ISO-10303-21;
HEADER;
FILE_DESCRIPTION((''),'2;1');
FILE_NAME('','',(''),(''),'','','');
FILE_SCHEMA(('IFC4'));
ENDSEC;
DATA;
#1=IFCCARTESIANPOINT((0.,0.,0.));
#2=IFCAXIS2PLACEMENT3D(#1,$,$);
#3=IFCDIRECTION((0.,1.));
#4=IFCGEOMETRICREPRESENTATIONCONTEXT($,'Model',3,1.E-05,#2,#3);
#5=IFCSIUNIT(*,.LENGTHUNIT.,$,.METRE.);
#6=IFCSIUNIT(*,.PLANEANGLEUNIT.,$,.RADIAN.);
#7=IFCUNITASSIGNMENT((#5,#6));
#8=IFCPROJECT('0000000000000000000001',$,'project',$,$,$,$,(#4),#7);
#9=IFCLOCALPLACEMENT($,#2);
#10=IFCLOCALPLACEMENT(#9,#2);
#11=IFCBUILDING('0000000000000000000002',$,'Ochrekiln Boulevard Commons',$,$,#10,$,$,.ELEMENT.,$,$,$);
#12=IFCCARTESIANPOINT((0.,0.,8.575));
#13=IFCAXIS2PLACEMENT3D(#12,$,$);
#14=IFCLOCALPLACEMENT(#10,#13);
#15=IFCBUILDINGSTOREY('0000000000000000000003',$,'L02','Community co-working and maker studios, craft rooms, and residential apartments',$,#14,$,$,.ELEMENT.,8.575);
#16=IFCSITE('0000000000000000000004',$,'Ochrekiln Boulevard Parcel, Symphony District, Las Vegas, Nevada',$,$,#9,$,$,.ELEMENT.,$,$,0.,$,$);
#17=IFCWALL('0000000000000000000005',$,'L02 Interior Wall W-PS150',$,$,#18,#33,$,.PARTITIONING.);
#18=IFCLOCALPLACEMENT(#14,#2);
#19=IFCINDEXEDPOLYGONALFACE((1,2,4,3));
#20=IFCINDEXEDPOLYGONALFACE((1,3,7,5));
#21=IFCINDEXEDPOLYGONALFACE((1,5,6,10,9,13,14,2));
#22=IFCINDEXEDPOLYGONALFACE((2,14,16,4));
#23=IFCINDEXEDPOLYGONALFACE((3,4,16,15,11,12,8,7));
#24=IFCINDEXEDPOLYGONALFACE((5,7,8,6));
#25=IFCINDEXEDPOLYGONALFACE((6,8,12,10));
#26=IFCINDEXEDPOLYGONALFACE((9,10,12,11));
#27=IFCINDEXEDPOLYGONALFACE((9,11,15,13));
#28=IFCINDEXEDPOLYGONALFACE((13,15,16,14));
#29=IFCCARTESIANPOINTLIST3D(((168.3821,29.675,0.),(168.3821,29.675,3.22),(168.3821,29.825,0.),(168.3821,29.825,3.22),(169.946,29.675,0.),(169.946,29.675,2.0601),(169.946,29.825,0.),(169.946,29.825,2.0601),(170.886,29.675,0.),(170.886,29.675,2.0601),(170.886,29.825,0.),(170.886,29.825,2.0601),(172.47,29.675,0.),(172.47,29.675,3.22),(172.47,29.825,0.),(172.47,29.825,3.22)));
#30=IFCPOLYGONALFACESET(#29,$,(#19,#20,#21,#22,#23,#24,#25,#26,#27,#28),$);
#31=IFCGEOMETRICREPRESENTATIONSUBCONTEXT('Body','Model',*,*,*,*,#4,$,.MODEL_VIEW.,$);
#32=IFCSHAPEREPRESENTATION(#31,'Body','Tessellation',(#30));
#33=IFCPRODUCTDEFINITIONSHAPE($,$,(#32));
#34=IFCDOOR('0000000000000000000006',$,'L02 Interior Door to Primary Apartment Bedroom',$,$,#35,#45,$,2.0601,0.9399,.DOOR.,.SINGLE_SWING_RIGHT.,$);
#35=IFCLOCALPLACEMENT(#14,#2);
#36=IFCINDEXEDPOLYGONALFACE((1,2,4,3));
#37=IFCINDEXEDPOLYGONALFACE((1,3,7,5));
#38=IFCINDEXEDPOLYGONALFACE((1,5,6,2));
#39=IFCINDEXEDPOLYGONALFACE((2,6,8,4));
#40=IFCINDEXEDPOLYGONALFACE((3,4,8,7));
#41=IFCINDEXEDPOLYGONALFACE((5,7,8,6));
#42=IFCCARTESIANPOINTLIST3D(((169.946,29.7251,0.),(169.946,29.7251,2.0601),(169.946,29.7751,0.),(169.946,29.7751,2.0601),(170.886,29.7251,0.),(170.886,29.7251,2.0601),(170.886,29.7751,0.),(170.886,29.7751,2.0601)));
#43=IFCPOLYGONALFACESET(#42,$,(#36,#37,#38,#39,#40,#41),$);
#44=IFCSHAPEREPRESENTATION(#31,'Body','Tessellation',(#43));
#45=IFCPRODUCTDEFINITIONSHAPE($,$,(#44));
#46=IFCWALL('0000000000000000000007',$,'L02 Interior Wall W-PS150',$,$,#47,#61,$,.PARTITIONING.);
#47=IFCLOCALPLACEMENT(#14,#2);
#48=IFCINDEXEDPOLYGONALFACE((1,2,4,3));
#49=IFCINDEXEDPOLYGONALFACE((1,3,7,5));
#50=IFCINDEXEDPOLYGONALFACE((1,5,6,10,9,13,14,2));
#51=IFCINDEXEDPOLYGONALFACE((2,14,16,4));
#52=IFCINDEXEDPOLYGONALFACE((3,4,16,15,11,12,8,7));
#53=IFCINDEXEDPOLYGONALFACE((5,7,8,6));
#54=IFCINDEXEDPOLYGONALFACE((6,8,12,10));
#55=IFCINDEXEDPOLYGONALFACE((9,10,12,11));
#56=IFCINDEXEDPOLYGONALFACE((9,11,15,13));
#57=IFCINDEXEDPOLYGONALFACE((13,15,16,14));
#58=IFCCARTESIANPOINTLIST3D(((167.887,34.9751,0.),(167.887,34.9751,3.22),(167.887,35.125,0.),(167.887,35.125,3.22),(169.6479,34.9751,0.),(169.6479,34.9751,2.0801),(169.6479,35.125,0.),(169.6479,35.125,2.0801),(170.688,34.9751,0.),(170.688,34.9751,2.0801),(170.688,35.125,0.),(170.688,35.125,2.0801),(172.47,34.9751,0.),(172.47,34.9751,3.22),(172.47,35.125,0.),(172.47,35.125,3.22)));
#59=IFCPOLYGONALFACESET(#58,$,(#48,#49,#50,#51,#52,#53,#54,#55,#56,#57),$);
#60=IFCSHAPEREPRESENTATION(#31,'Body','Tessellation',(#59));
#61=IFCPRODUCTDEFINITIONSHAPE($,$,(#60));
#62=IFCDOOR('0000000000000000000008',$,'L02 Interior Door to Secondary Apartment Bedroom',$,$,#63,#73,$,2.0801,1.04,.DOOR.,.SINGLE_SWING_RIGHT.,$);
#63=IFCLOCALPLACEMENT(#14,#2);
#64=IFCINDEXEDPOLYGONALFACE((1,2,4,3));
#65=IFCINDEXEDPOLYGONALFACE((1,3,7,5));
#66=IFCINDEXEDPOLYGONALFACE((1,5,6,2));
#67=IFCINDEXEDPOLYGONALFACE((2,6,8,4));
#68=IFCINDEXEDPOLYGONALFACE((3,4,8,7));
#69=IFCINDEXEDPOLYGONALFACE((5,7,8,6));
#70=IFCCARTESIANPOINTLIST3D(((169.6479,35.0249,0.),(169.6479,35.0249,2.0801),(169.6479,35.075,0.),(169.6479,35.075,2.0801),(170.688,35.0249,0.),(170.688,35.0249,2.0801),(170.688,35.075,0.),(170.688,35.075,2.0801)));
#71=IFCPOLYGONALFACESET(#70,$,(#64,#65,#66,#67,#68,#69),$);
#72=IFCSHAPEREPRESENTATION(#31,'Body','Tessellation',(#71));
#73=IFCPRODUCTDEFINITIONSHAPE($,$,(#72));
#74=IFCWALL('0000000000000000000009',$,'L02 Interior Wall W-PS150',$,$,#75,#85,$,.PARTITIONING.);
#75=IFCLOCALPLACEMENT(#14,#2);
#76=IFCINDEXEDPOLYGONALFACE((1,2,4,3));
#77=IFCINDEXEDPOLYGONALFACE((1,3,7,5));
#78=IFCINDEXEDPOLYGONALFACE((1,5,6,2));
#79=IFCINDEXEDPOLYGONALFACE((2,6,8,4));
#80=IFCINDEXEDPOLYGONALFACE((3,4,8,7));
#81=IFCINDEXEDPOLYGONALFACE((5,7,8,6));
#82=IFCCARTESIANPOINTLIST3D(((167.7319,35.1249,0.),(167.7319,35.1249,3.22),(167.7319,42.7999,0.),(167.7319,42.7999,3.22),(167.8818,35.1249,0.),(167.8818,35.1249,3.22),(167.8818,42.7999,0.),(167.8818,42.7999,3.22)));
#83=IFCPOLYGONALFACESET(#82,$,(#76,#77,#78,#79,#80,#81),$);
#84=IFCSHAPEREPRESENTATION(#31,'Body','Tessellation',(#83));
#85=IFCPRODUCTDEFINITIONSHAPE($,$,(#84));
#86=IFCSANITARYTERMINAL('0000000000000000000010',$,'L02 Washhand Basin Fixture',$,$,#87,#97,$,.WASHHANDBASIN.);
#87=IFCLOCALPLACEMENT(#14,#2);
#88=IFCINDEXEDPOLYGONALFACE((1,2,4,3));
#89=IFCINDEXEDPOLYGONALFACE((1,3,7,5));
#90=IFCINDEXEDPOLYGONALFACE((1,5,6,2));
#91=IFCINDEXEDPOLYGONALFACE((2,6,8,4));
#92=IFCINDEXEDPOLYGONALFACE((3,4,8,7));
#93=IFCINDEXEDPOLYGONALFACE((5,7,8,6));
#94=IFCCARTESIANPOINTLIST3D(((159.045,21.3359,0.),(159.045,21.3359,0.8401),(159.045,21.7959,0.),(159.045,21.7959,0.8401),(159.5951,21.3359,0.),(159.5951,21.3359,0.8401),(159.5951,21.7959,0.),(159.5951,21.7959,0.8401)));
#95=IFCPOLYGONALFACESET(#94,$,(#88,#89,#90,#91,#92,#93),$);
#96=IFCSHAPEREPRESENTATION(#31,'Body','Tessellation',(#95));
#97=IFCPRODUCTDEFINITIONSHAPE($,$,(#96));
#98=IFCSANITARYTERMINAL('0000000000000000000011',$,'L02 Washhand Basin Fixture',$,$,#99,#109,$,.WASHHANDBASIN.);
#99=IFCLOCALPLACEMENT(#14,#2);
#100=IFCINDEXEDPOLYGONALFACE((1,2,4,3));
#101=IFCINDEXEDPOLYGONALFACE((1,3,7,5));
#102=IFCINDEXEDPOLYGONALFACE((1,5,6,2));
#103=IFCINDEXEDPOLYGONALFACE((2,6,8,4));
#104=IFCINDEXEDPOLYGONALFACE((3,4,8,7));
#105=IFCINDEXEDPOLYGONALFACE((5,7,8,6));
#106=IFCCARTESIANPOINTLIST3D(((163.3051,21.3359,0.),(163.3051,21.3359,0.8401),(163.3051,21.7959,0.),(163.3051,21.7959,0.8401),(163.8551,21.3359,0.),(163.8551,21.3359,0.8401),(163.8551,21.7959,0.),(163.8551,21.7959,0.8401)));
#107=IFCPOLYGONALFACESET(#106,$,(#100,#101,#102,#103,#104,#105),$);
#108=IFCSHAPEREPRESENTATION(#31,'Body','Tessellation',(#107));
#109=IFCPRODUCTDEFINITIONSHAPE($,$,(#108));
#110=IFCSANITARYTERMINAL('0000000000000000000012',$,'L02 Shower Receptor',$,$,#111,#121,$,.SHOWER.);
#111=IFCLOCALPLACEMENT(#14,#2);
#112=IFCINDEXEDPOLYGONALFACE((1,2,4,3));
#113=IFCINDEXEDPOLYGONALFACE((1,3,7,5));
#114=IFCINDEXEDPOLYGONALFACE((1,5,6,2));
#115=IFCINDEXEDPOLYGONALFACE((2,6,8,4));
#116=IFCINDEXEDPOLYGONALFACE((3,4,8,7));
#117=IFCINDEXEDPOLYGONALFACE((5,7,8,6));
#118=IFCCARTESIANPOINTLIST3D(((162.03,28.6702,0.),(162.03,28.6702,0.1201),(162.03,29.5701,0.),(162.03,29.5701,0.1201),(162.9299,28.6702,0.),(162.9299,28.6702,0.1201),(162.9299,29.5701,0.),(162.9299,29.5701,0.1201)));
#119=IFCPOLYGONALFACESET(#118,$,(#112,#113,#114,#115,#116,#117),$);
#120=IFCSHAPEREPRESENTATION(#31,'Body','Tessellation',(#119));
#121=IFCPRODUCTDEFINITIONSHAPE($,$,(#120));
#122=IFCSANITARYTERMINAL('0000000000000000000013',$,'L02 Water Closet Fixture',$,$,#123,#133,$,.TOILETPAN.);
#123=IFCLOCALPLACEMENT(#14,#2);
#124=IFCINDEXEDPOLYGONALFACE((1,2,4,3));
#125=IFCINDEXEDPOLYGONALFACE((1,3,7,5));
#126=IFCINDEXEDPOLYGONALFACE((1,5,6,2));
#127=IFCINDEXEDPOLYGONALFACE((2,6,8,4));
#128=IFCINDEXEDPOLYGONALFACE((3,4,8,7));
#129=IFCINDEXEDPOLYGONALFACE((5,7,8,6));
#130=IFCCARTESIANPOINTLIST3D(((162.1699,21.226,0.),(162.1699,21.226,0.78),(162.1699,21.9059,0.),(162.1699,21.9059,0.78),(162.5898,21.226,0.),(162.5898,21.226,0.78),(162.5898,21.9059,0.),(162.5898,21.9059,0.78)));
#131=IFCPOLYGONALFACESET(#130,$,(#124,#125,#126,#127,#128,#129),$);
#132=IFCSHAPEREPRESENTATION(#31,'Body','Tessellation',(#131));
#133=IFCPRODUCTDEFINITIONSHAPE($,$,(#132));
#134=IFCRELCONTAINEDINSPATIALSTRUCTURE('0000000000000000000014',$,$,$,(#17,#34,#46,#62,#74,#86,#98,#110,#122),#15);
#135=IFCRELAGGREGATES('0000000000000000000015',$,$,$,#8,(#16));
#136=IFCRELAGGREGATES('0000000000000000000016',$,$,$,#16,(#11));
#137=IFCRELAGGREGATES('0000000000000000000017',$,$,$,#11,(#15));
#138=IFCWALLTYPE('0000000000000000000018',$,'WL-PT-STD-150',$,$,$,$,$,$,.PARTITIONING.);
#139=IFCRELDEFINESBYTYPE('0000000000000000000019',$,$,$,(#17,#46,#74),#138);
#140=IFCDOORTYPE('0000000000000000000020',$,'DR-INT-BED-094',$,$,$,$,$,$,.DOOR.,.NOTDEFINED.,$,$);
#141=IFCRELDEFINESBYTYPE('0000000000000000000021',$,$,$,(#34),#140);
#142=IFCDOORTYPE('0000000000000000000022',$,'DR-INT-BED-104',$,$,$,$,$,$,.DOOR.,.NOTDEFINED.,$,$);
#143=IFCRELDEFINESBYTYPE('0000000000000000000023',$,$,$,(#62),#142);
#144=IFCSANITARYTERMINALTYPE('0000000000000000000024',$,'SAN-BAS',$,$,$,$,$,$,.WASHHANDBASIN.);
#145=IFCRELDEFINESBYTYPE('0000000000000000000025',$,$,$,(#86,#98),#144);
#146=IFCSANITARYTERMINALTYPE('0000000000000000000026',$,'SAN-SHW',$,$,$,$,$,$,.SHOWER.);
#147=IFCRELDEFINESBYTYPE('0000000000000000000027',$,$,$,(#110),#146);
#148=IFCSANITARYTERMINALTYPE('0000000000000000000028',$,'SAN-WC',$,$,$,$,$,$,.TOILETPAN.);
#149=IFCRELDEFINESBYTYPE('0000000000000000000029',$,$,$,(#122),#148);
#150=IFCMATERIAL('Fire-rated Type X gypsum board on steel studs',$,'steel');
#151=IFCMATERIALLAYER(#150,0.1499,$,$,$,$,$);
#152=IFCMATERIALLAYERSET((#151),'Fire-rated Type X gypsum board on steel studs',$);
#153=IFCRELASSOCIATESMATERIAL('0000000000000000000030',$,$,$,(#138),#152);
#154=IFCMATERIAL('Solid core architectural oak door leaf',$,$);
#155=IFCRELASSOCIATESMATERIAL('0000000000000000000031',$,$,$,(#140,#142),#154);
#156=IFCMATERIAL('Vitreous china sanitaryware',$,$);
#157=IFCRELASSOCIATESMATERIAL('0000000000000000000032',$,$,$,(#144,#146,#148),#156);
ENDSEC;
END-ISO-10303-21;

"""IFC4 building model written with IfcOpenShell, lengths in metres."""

from ifc_helpers import new_model, si_unit, direction, frame, frame_2d, origin, origin_2d, place, context, subcontext, project, spatial, rectangle, extrude, material, layer, layer_set, type_object, element, fill, save


model = new_model("IFC4")

# Units and contexts
model_context = context("Model", 3, precision=1e-05, world=origin(), true_north=direction((0.0, 1.0)))
body_context = subcontext(model_context, "Body", "Model", "MODEL_VIEW")
ifc_project = project(units=[si_unit("LENGTHUNIT", "METRE"), si_unit("PLANEANGLEUNIT", "RADIAN")], contexts=[model_context])

# Site, building, storey
site_placement = place(None, origin())
site = spatial("IfcSite", under=ifc_project, at=site_placement, Name="Ochrekiln Boulevard Parcel, Symphony District, Las Vegas, Nevada", CompositionType="ELEMENT", RefElevation=0.0)
building_placement = place(site_placement, origin())
building = spatial("IfcBuilding", under=site, at=building_placement, Name="Ochrekiln Boulevard Commons", CompositionType="ELEMENT")
storey_placement = place(building_placement, frame((0.0, 0.0, 8.575)))
storey = spatial("IfcBuildingStorey", under=building, at=storey_placement, Name="L02", Description="Community co-working and maker studios, craft rooms, and residential apartments", CompositionType="ELEMENT", Elevation=8.575)

# Shared definitions
ifc_material_1 = material(Name="Solid core architectural oak door leaf")
ifc_material_2 = material(Name="Fire-rated Type X gypsum board on steel studs", Category="steel")

# Walls, openings, doors
ifc_layer_1 = layer(ifc_material_2, 0.1499)
ifc_layer_set_1 = layer_set([ifc_layer_1], Name="Fire-rated Type X gypsum board on steel studs")
wall_type_1 = type_object("IfcWallType", Name="WL-PT-STD-150", PredefinedType="PARTITIONING", material=ifc_layer_set_1)
wall_1_placement = place(storey_placement, frame((168.3821, 29.75, 0.0), z_axis=(0.0, 0.0, 1.0), x_axis=(1.0, 0.0, 0.0)))
wall_1 = element("IfcWall", 1, at=wall_1_placement, inside=storey, type_object=wall_type_1, Name="L02 Interior Wall W-PS150", PredefinedType="PARTITIONING", context=body_context, shape_type="SweptSolid", body=[
    extrude(rectangle(XDim=4.0879, YDim=0.1499, at=frame_2d((2.0439, 0.0))), origin(), (0.0, 0.0, 1.0), 3.22),
])
opening_1_placement = place(wall_1_placement, frame((1.564, 0.0, 0.0)))
opening_1 = element("IfcOpeningElement", 2, at=opening_1_placement, cuts=wall_1, PredefinedType="OPENING", context=body_context, shape_type="SweptSolid", body=[
    extrude(rectangle(XDim=0.9399, YDim=2.0601, at=frame_2d((0.47, 1.03))), frame((0.0, 0.085, 0.0), z_axis=(0.0, -1.0, 0.0), x_axis=(1.0, 0.0, 0.0)), (0.0, 0.0, 1.0), 0.1699),
])
door_type_1 = type_object("IfcDoorType", Name="DR-INT-BED-094", OperationType="NOTDEFINED", PredefinedType="DOOR", material=ifc_material_1)
door_1_placement = place(opening_1_placement, frame((0.9399, 0.0, 0.0), z_axis=(0.0, 0.0, 1.0), x_axis=(-1.0, 0.0, 0.0)))
door_1 = element("IfcDoor", 3, at=door_1_placement, inside=storey, type_object=door_type_1, Name="L02 Interior Door to Primary Apartment Bedroom", OperationType="SINGLE_SWING_RIGHT", OverallHeight=2.0601, OverallWidth=0.9399, PredefinedType="DOOR", context=body_context, shape_type="SweptSolid", body=[
    extrude(rectangle(XDim=0.9399, YDim=2.0601, at=frame_2d((0.47, 1.03))), frame((0.0, 0.0249, 0.0), z_axis=(0.0, -1.0, 0.0), x_axis=(1.0, 0.0, 0.0)), (0.0, 0.0, 1.0), 0.05),
])
fill(opening_1, door_1)
wall_2_placement = place(storey_placement, frame((167.887, 35.05, 0.0), z_axis=(0.0, 0.0, 1.0), x_axis=(1.0, 0.0, 0.0)))
wall_2 = element("IfcWall", 4, at=wall_2_placement, inside=storey, type_object=wall_type_1, Name="L02 Interior Wall W-PS150", PredefinedType="PARTITIONING", context=body_context, shape_type="SweptSolid", body=[
    extrude(rectangle(XDim=4.583, YDim=0.1499, at=frame_2d((2.2915, 0.0))), origin(), (0.0, 0.0, 1.0), 3.22),
])
opening_2_placement = place(wall_2_placement, frame((1.761, 0.0, 0.0)))
opening_2 = element("IfcOpeningElement", 5, at=opening_2_placement, cuts=wall_2, PredefinedType="OPENING", context=body_context, shape_type="SweptSolid", body=[
    extrude(rectangle(XDim=1.04, YDim=2.0801, at=frame_2d((0.52, 1.04))), frame((0.0, 0.085, 0.0), z_axis=(0.0, -1.0, 0.0), x_axis=(1.0, 0.0, 0.0)), (0.0, 0.0, 1.0), 0.1699),
])
door_type_2 = type_object("IfcDoorType", Name="DR-INT-BED-104", OperationType="NOTDEFINED", PredefinedType="DOOR", material=ifc_material_1)
door_2_placement = place(opening_2_placement, origin())
door_2 = element("IfcDoor", 6, at=door_2_placement, inside=storey, type_object=door_type_2, Name="L02 Interior Door to Secondary Apartment Bedroom", OperationType="SINGLE_SWING_RIGHT", OverallHeight=2.0801, OverallWidth=1.04, PredefinedType="DOOR", context=body_context, shape_type="SweptSolid", body=[
    extrude(rectangle(XDim=1.04, YDim=2.0801, at=frame_2d((0.52, 1.04))), frame((0.0, 0.0249, 0.0), z_axis=(0.0, -1.0, 0.0), x_axis=(1.0, 0.0, 0.0)), (0.0, 0.0, 1.0), 0.05),
])
fill(opening_2, door_2)

# Wall
wall_3_placement = place(storey_placement, frame((167.8069, 35.125, 0.0), z_axis=(0.0, 0.0, 1.0), x_axis=(0.0, 1.0, 0.0)))
element("IfcWall", 7, at=wall_3_placement, inside=storey, type_object=wall_type_1, Name="L02 Interior Wall W-PS150", PredefinedType="PARTITIONING", context=body_context, shape_type="SweptSolid", body=[
    extrude(rectangle(XDim=7.675, YDim=0.1499, at=frame_2d((3.8374, 0.0))), origin(), (0.0, 0.0, 1.0), 3.22),
])

# Sanitary terminals
ifc_material_3 = material(Name="Vitreous china sanitaryware")
sanitary_terminal_type_1 = type_object("IfcSanitaryTerminalType", Name="SAN-BAS", PredefinedType="WASHHANDBASIN", material=ifc_material_3)
for number, where, z_axis, x_axis, name in (
    (8, (159.3201, 21.5659, 0.0), (0.0, 0.0, 1.0), (1.0, 0.0, 0.0), "L02 Washhand Basin Fixture"),
    (9, (163.5801, 21.5659, 0.0), (0.0, 0.0, 1.0), (1.0, 0.0, 0.0), "L02 Washhand Basin Fixture"),
):
    element("IfcSanitaryTerminal", number, at=place(storey_placement, frame(where, z_axis=z_axis, x_axis=x_axis)), inside=storey, type_object=sanitary_terminal_type_1, Name=name, PredefinedType="WASHHANDBASIN", context=body_context, shape_type="SweptSolid", body=[
        extrude(rectangle(XDim=0.55, YDim=0.46, at=origin_2d()), origin(), (0.0, 0.0, 1.0), 0.8401),
    ])
sanitary_terminal_type_2 = type_object("IfcSanitaryTerminalType", Name="SAN-SHW", PredefinedType="SHOWER", material=ifc_material_3)
sanitary_terminal_1_placement = place(storey_placement, frame((162.48, 29.1201, 0.0), z_axis=(0.0, 0.0, 1.0), x_axis=(1.0, 0.0, 0.0)))
element("IfcSanitaryTerminal", 10, at=sanitary_terminal_1_placement, inside=storey, type_object=sanitary_terminal_type_2, Name="L02 Shower Receptor", PredefinedType="SHOWER", context=body_context, shape_type="SweptSolid", body=[
    extrude(rectangle(XDim=0.8999, YDim=0.8999, at=origin_2d()), origin(), (0.0, 0.0, 1.0), 0.1201),
])
sanitary_terminal_type_3 = type_object("IfcSanitaryTerminalType", Name="SAN-WC", PredefinedType="TOILETPAN", material=ifc_material_3)
sanitary_terminal_2_placement = place(storey_placement, frame((162.3799, 21.5659, 0.0), z_axis=(0.0, 0.0, 1.0), x_axis=(1.0, 0.0, 0.0)))
element("IfcSanitaryTerminal", 11, at=sanitary_terminal_2_placement, inside=storey, type_object=sanitary_terminal_type_3, Name="L02 Water Closet Fixture", PredefinedType="TOILETPAN", context=body_context, shape_type="SweptSolid", body=[
    extrude(rectangle(XDim=0.4199, YDim=0.6799, at=origin_2d()), origin(), (0.0, 0.0, 1.0), 0.78),
])

save(model, "model.ifc")
